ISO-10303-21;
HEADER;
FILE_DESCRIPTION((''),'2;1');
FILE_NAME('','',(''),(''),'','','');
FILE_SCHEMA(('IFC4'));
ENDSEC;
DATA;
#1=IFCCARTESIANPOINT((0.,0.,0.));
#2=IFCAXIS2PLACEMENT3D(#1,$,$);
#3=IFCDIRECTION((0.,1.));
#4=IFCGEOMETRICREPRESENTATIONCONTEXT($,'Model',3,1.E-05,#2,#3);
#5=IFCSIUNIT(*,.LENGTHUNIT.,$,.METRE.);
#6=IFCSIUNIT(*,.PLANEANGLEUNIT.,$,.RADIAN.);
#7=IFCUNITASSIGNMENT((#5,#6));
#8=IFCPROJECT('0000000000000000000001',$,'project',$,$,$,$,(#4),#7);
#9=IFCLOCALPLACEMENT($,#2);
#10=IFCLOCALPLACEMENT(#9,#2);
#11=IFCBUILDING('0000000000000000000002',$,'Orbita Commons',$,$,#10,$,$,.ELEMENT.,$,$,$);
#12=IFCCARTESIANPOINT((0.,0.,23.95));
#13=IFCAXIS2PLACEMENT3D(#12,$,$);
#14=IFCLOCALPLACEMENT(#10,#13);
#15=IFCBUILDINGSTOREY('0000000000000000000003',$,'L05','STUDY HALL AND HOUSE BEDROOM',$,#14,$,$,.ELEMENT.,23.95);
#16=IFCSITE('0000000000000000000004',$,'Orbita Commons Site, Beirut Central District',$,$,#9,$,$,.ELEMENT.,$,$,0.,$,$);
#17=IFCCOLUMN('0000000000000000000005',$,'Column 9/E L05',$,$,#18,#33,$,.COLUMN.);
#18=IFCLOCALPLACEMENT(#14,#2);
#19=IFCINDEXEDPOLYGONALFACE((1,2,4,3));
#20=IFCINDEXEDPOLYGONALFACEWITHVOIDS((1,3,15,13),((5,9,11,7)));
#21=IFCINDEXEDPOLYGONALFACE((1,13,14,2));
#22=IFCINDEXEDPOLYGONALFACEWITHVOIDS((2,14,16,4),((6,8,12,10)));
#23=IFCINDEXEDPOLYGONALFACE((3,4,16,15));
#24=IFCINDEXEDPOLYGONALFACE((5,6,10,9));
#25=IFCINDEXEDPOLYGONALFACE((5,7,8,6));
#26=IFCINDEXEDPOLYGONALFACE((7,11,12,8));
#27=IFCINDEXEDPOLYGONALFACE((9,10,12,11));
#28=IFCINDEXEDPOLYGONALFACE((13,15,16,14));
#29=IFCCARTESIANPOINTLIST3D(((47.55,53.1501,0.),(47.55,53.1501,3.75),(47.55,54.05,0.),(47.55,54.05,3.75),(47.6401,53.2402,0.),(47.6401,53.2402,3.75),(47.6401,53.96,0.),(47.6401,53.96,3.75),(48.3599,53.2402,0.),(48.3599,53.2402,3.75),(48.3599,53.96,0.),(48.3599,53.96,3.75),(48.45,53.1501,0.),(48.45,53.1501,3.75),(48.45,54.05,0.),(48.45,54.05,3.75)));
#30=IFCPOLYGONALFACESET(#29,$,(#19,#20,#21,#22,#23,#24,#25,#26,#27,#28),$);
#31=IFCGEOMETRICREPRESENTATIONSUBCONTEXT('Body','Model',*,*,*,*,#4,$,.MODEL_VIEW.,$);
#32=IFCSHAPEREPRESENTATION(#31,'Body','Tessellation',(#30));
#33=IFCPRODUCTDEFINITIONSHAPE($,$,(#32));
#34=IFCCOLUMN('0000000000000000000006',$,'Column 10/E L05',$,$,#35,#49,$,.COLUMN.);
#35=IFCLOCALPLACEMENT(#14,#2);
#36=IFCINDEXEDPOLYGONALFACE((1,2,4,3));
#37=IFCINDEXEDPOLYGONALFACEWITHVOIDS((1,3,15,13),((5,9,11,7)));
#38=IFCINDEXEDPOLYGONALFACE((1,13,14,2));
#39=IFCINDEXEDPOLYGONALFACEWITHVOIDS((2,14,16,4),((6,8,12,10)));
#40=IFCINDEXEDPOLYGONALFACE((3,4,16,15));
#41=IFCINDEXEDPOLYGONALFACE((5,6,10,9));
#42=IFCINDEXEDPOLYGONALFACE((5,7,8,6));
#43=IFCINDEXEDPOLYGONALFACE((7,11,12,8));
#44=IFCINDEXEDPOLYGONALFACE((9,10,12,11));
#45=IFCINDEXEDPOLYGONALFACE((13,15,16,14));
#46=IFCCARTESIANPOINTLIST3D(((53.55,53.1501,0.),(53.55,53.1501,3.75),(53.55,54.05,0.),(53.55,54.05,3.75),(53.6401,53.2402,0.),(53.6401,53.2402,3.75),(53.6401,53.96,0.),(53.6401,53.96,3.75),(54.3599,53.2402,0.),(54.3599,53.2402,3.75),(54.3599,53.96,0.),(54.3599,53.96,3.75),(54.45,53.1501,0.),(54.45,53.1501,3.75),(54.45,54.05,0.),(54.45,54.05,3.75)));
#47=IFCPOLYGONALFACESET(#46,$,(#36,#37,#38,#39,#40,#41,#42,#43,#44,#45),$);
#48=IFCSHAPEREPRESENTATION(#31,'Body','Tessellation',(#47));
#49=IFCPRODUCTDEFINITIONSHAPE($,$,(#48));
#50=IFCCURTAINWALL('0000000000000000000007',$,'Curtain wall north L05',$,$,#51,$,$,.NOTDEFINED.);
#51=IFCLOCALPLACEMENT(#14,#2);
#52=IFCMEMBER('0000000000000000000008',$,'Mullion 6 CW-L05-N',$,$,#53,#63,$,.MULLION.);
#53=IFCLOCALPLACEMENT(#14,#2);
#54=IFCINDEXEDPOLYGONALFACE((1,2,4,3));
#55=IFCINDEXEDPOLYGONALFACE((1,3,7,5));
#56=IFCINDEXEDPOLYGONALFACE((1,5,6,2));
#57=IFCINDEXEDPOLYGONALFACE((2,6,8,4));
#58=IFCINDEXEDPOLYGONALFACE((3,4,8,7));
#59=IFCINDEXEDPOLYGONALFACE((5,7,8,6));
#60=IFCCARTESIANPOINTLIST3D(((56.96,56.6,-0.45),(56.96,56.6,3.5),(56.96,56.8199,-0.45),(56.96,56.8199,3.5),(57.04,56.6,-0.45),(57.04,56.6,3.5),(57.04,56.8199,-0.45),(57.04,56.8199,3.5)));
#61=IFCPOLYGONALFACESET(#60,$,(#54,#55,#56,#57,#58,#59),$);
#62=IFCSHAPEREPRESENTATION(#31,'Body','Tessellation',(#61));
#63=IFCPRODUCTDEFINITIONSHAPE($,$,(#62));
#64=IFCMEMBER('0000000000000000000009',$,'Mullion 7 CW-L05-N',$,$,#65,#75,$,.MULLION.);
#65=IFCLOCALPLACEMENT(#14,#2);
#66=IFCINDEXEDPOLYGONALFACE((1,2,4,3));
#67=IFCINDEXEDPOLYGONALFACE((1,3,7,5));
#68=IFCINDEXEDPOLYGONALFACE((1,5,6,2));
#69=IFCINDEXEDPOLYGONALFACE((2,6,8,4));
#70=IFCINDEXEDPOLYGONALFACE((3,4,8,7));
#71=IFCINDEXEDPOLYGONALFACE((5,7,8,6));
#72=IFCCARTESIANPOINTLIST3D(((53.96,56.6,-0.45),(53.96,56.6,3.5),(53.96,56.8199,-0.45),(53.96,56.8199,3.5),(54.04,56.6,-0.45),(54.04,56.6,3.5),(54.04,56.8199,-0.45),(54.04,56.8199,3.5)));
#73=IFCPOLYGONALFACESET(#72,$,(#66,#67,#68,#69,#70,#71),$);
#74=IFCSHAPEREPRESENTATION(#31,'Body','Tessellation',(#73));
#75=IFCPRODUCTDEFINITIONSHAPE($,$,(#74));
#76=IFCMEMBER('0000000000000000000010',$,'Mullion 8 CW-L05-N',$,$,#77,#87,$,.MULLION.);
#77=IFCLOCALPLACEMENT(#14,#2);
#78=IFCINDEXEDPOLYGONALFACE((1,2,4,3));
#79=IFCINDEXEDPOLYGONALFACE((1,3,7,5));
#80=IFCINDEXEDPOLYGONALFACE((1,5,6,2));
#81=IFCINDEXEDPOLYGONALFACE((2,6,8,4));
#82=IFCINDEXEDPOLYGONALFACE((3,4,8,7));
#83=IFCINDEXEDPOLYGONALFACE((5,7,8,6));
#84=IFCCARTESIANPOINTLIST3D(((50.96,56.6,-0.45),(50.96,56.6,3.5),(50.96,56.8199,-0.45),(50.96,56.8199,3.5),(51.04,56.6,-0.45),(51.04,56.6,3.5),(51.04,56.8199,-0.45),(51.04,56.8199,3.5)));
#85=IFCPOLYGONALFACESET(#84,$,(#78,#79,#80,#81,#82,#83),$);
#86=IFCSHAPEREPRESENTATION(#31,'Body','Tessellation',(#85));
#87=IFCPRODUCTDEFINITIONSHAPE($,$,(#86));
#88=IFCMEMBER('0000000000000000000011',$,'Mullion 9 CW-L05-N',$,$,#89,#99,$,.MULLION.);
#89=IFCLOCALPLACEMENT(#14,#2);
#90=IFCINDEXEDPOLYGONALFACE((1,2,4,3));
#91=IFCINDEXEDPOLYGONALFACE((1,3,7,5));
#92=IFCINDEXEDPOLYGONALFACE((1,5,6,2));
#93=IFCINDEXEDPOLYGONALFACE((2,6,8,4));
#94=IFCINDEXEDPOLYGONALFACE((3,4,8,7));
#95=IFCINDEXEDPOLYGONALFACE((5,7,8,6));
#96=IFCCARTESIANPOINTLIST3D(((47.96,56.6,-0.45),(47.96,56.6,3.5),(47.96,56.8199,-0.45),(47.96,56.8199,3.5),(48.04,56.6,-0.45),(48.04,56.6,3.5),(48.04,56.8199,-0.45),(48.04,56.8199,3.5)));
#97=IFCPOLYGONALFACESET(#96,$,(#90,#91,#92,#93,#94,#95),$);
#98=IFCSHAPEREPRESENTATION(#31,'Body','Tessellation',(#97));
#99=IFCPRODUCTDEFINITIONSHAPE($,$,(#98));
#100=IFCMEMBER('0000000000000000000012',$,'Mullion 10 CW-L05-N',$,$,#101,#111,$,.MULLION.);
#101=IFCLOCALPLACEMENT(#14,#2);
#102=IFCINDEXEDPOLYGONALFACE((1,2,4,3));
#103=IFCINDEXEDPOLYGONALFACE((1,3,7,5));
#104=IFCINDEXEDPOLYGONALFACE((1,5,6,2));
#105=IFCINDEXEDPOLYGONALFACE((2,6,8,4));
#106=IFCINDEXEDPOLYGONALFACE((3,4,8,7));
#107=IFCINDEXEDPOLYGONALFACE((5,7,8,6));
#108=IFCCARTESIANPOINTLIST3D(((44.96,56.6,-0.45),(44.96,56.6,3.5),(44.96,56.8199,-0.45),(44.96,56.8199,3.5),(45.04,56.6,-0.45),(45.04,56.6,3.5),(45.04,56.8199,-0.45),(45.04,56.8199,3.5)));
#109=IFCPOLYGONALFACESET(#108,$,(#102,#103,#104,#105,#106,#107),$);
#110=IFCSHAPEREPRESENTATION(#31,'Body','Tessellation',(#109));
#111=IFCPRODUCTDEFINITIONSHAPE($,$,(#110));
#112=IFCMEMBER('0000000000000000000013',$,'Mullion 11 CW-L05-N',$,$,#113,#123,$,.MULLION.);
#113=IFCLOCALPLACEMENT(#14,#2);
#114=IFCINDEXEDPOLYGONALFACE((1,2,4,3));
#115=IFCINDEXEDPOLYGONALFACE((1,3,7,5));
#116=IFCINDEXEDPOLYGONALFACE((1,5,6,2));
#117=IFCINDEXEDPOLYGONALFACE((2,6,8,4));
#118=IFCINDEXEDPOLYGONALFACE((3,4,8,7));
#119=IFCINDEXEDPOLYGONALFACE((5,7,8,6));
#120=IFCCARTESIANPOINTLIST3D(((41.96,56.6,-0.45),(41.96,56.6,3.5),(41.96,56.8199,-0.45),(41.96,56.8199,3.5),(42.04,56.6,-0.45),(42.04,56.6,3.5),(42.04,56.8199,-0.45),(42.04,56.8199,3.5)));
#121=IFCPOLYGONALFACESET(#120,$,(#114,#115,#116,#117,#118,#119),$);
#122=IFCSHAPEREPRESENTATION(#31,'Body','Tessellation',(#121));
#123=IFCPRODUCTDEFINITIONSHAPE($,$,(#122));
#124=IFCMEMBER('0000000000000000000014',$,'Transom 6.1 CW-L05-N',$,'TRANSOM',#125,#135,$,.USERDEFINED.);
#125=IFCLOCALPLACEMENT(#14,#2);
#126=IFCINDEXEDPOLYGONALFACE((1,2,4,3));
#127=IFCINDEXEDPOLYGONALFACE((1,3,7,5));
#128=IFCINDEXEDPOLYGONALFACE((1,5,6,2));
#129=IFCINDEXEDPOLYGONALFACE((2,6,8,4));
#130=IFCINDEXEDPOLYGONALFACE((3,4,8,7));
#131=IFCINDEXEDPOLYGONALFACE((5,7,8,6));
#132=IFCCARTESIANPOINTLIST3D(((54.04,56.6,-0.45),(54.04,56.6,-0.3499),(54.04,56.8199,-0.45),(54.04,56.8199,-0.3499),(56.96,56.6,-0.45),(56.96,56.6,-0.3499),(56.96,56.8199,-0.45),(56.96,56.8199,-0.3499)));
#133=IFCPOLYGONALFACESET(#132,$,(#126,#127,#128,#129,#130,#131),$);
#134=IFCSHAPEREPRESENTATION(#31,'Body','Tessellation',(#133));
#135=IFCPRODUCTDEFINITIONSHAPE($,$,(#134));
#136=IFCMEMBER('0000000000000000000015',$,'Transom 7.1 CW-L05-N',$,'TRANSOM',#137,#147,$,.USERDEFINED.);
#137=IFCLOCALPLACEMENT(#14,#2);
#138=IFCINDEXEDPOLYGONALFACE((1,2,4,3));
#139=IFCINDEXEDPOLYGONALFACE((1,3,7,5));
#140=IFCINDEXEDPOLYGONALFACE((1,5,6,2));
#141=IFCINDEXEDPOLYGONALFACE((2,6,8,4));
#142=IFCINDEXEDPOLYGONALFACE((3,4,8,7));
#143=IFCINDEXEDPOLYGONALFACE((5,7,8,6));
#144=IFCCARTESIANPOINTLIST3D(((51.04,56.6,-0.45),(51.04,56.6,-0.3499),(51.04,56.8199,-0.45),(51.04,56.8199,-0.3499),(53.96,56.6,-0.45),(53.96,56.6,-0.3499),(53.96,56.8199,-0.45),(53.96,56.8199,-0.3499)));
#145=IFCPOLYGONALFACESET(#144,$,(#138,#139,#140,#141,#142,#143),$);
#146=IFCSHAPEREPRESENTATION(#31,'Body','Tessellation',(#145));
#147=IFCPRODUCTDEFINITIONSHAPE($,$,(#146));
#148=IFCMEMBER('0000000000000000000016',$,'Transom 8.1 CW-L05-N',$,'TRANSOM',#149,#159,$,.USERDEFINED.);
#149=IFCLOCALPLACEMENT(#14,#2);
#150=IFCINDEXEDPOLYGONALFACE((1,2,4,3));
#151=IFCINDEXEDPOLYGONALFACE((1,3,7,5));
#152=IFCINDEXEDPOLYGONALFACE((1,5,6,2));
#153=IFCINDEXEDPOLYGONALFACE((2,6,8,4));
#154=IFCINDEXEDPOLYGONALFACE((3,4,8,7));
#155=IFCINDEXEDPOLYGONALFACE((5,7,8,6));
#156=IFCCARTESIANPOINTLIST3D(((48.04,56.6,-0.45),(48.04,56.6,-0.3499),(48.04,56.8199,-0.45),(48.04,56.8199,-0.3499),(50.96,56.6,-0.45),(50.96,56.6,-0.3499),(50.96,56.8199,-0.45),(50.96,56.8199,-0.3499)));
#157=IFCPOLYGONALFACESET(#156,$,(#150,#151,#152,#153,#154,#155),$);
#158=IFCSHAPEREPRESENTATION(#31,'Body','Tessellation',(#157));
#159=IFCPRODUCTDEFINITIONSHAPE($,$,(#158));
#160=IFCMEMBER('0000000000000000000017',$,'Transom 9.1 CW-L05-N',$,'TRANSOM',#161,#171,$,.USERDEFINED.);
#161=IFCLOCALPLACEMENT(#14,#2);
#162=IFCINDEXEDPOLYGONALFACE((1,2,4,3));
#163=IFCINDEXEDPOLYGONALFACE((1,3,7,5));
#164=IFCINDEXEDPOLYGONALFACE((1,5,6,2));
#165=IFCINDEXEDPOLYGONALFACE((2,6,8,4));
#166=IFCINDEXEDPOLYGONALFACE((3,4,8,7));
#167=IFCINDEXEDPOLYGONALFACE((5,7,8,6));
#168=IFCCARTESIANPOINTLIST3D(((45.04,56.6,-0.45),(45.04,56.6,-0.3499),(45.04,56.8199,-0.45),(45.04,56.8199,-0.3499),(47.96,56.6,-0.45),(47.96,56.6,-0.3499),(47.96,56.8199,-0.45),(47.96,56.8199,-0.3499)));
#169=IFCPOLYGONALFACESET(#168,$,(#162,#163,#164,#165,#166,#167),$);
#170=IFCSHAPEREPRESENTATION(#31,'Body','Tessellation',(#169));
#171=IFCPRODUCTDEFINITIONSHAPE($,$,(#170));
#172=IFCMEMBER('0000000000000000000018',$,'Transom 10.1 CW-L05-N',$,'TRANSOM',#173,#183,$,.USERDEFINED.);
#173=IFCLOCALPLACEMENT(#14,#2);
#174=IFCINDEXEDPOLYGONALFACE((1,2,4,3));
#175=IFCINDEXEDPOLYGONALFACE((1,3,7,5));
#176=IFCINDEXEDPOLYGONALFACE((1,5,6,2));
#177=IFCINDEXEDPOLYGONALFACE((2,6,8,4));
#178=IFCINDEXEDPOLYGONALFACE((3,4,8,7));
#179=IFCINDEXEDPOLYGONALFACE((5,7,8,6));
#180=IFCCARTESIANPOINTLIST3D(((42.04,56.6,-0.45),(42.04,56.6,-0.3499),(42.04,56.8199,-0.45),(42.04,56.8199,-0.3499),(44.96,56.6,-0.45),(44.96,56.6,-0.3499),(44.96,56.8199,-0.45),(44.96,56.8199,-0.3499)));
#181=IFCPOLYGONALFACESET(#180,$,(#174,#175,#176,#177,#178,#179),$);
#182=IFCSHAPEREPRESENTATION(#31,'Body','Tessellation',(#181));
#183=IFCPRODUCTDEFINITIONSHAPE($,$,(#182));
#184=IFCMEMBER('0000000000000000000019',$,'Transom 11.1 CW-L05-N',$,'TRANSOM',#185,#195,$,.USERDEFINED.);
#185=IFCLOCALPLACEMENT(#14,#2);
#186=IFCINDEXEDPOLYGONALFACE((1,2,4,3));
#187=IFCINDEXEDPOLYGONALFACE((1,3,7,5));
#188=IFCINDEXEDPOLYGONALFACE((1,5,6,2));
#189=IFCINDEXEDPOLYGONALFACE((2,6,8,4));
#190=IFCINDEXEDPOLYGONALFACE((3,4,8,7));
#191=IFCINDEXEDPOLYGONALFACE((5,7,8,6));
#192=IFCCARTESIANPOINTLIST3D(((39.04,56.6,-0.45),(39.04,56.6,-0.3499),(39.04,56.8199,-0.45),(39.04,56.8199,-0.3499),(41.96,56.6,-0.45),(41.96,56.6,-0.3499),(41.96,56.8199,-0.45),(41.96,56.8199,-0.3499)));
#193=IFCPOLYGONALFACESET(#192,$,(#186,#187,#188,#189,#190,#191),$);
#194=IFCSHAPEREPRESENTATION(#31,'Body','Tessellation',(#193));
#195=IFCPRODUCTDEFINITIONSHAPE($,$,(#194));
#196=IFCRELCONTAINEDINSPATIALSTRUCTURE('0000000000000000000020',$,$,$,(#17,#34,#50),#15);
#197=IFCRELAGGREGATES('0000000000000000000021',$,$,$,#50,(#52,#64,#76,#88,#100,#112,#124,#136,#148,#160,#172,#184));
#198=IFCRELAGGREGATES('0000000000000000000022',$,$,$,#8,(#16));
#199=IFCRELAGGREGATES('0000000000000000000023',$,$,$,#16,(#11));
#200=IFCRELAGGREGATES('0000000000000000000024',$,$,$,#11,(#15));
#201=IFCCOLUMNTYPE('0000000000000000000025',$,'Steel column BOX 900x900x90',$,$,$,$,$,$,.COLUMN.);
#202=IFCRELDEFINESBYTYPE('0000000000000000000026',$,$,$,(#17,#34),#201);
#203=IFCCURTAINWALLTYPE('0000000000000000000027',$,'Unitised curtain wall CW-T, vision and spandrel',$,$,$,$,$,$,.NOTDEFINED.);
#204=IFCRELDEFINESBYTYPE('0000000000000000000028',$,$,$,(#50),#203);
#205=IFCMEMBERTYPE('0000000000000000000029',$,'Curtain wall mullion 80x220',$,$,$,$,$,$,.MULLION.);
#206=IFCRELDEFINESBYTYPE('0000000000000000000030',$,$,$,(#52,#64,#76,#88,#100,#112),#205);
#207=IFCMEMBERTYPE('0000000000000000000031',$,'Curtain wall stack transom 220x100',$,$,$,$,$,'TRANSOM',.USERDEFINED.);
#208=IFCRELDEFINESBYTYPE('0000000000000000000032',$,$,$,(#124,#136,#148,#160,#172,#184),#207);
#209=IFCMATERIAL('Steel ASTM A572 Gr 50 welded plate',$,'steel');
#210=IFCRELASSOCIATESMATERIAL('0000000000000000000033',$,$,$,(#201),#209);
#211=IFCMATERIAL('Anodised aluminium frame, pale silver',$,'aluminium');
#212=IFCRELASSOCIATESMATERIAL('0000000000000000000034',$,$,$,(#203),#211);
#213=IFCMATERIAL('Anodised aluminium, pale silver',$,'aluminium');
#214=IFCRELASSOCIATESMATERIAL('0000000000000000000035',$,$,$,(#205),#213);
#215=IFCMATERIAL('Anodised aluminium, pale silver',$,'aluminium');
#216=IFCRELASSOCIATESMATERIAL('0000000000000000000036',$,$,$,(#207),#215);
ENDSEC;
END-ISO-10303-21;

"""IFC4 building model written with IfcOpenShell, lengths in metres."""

from ifc_helpers import new_model, si_unit, direction, frame, origin, origin_2d, place, context, subcontext, project, spatial, rectangle, hollow_rectangle, extrude, material, material_profile, profile_set, type_object, element, aggregate, save


model = new_model("IFC4")

# Units and contexts
model_context = context("Model", 3, precision=1e-05, world=origin(), true_north=direction((0.0, 1.0)))
body_context = subcontext(model_context, "Body", "Model", "MODEL_VIEW")
ifc_project = project(units=[si_unit("LENGTHUNIT", "METRE"), si_unit("PLANEANGLEUNIT", "RADIAN")], contexts=[model_context])

# Site, building, storey
site_placement = place(None, origin())
site = spatial("IfcSite", under=ifc_project, at=site_placement, Name="Orbita Commons Site, Beirut Central District", CompositionType="ELEMENT", RefElevation=0.0)
building_placement = place(site_placement, origin())
building = spatial("IfcBuilding", under=site, at=building_placement, Name="Orbita Commons", CompositionType="ELEMENT")
storey_placement = place(building_placement, frame((0.0, 0.0, 23.95)))
storey = spatial("IfcBuildingStorey", under=building, at=storey_placement, Name="L05", Description="STUDY HALL AND HOUSE BEDROOM", CompositionType="ELEMENT", Elevation=23.95)

# Columns
ifc_material_1 = material(Name="Steel ASTM A572 Gr 50 welded plate", Category="steel")
ifc_material_profile_1 = material_profile(ifc_material_1, hollow_rectangle(XDim=0.8999, YDim=0.8999, WallThickness=0.0901, at=origin_2d()), Name="BOX 900x900x90")
ifc_profile_set_1 = profile_set([ifc_material_profile_1], Name="Steel ASTM A572 Gr 50 welded plate")
column_type = type_object("IfcColumnType", Name="Steel column BOX 900x900x90", PredefinedType="COLUMN", material=ifc_profile_set_1)
for number, where, z_axis, x_axis, name in (
    (1, (48.0, 53.6001, 0.0), (0.0, 0.0, 1.0), (1.0, 0.0, 0.0), "Column 9/E L05"),
    (2, (54.0, 53.6001, 0.0), (0.0, 0.0, 1.0), (1.0, 0.0, 0.0), "Column 10/E L05"),
):
    element("IfcColumn", number, at=place(storey_placement, frame(where, z_axis=z_axis, x_axis=x_axis)), inside=storey, type_object=column_type, Name=name, PredefinedType="COLUMN", context=body_context, shape_type="SweptSolid", body=[
        extrude(hollow_rectangle(XDim=0.8999, YDim=0.8999, WallThickness=0.0901, at=origin_2d()), origin(), (0.0, 0.0, 1.0), 3.75),
    ])

# Curtain wall, members
ifc_material_2 = material(Name="Anodised aluminium frame, pale silver", Category="aluminium")
curtain_wall_type = type_object("IfcCurtainWallType", Name="Unitised curtain wall CW-T, vision and spandrel", PredefinedType="NOTDEFINED", material=ifc_material_2)
curtain_wall_placement = place(storey_placement, origin())
curtain_wall = element("IfcCurtainWall", 3, at=curtain_wall_placement, inside=storey, type_object=curtain_wall_type, Name="Curtain wall north L05", PredefinedType="NOTDEFINED")
ifc_material_3 = material(Name="Anodised aluminium, pale silver", Category="aluminium")
ifc_material_profile_2 = material_profile(ifc_material_3, rectangle(XDim=0.0801, YDim=0.22, at=origin_2d()), Name="AL 80x220")
ifc_profile_set_2 = profile_set([ifc_material_profile_2], Name="Anodised aluminium, pale silver")
member_type_1 = type_object("IfcMemberType", Name="Curtain wall mullion 80x220", PredefinedType="MULLION", material=ifc_profile_set_2)
member_1_placement = place(storey_placement, frame((57.0, 56.71, -0.45), z_axis=(0.0, 0.0, 1.0), x_axis=(-1.0, 0.0, 0.0)))
member_1 = element("IfcMember", 4, at=member_1_placement, type_object=member_type_1, Name="Mullion 6 CW-L05-N", PredefinedType="MULLION", context=body_context, shape_type="SweptSolid", body=[
    extrude(rectangle(XDim=0.0801, YDim=0.22, at=origin_2d()), origin(), (0.0, 0.0, 1.0), 3.95),
])
member_2_placement = place(storey_placement, frame((54.0, 56.71, -0.45), z_axis=(0.0, 0.0, 1.0), x_axis=(-1.0, 0.0, 0.0)))
member_2 = element("IfcMember", 5, at=member_2_placement, type_object=member_type_1, Name="Mullion 7 CW-L05-N", PredefinedType="MULLION", context=body_context, shape_type="SweptSolid", body=[
    extrude(rectangle(XDim=0.0801, YDim=0.22, at=origin_2d()), origin(), (0.0, 0.0, 1.0), 3.95),
])
member_3_placement = place(storey_placement, frame((51.0, 56.71, -0.45), z_axis=(0.0, 0.0, 1.0), x_axis=(-1.0, 0.0, 0.0)))
member_3 = element("IfcMember", 6, at=member_3_placement, type_object=member_type_1, Name="Mullion 8 CW-L05-N", PredefinedType="MULLION", context=body_context, shape_type="SweptSolid", body=[
    extrude(rectangle(XDim=0.0801, YDim=0.22, at=origin_2d()), origin(), (0.0, 0.0, 1.0), 3.95),
])
member_4_placement = place(storey_placement, frame((48.0, 56.71, -0.45), z_axis=(0.0, 0.0, 1.0), x_axis=(-1.0, 0.0, 0.0)))
member_4 = element("IfcMember", 7, at=member_4_placement, type_object=member_type_1, Name="Mullion 9 CW-L05-N", PredefinedType="MULLION", context=body_context, shape_type="SweptSolid", body=[
    extrude(rectangle(XDim=0.0801, YDim=0.22, at=origin_2d()), origin(), (0.0, 0.0, 1.0), 3.95),
])
member_5_placement = place(storey_placement, frame((45.0, 56.71, -0.45), z_axis=(0.0, 0.0, 1.0), x_axis=(-1.0, 0.0, 0.0)))
member_5 = element("IfcMember", 8, at=member_5_placement, type_object=member_type_1, Name="Mullion 10 CW-L05-N", PredefinedType="MULLION", context=body_context, shape_type="SweptSolid", body=[
    extrude(rectangle(XDim=0.0801, YDim=0.22, at=origin_2d()), origin(), (0.0, 0.0, 1.0), 3.95),
])
member_6_placement = place(storey_placement, frame((42.0, 56.71, -0.45), z_axis=(0.0, 0.0, 1.0), x_axis=(-1.0, 0.0, 0.0)))
member_6 = element("IfcMember", 9, at=member_6_placement, type_object=member_type_1, Name="Mullion 11 CW-L05-N", PredefinedType="MULLION", context=body_context, shape_type="SweptSolid", body=[
    extrude(rectangle(XDim=0.0801, YDim=0.22, at=origin_2d()), origin(), (0.0, 0.0, 1.0), 3.95),
])
ifc_material_4 = material(Name="Anodised aluminium, pale silver", Category="aluminium")
ifc_material_profile_3 = material_profile(ifc_material_4, rectangle(XDim=0.22, YDim=0.1001, at=origin_2d()), Name="AL 220x100")
ifc_profile_set_3 = profile_set([ifc_material_profile_3], Name="Anodised aluminium, pale silver")
member_type_2 = type_object("IfcMemberType", Name="Curtain wall stack transom 220x100", ElementType="TRANSOM", PredefinedType="USERDEFINED", material=ifc_profile_set_3)
member_7_placement = place(storey_placement, frame((56.96, 56.71, -0.3999), z_axis=(-1.0, 0.0, 0.0), x_axis=(0.0, -1.0, 0.0)))
member_7 = element("IfcMember", 10, at=member_7_placement, type_object=member_type_2, Name="Transom 6.1 CW-L05-N", ObjectType="TRANSOM", PredefinedType="USERDEFINED", context=body_context, shape_type="SweptSolid", body=[
    extrude(rectangle(XDim=0.22, YDim=0.1001, at=origin_2d()), origin(), (0.0, 0.0, 1.0), 2.9199),
])
member_8_placement = place(storey_placement, frame((53.96, 56.71, -0.3999), z_axis=(-1.0, 0.0, 0.0), x_axis=(0.0, -1.0, 0.0)))
member_8 = element("IfcMember", 11, at=member_8_placement, type_object=member_type_2, Name="Transom 7.1 CW-L05-N", ObjectType="TRANSOM", PredefinedType="USERDEFINED", context=body_context, shape_type="SweptSolid", body=[
    extrude(rectangle(XDim=0.22, YDim=0.1001, at=origin_2d()), origin(), (0.0, 0.0, 1.0), 2.9199),
])
member_9_placement = place(storey_placement, frame((50.96, 56.71, -0.3999), z_axis=(-1.0, 0.0, 0.0), x_axis=(0.0, -1.0, 0.0)))
member_9 = element("IfcMember", 12, at=member_9_placement, type_object=member_type_2, Name="Transom 8.1 CW-L05-N", ObjectType="TRANSOM", PredefinedType="USERDEFINED", context=body_context, shape_type="SweptSolid", body=[
    extrude(rectangle(XDim=0.22, YDim=0.1001, at=origin_2d()), origin(), (0.0, 0.0, 1.0), 2.9199),
])
member_10_placement = place(storey_placement, frame((47.96, 56.71, -0.3999), z_axis=(-1.0, 0.0, 0.0), x_axis=(0.0, -1.0, 0.0)))
member_10 = element("IfcMember", 13, at=member_10_placement, type_object=member_type_2, Name="Transom 9.1 CW-L05-N", ObjectType="TRANSOM", PredefinedType="USERDEFINED", context=body_context, shape_type="SweptSolid", body=[
    extrude(rectangle(XDim=0.22, YDim=0.1001, at=origin_2d()), origin(), (0.0, 0.0, 1.0), 2.9199),
])
member_11_placement = place(storey_placement, frame((44.96, 56.71, -0.3999), z_axis=(-1.0, 0.0, 0.0), x_axis=(0.0, -1.0, 0.0)))
member_11 = element("IfcMember", 14, at=member_11_placement, type_object=member_type_2, Name="Transom 10.1 CW-L05-N", ObjectType="TRANSOM", PredefinedType="USERDEFINED", context=body_context, shape_type="SweptSolid", body=[
    extrude(rectangle(XDim=0.22, YDim=0.1001, at=origin_2d()), origin(), (0.0, 0.0, 1.0), 2.9199),
])
member_12_placement = place(storey_placement, frame((41.96, 56.71, -0.3999), z_axis=(-1.0, 0.0, 0.0), x_axis=(0.0, -1.0, 0.0)))
member_12 = element("IfcMember", 15, at=member_12_placement, type_object=member_type_2, Name="Transom 11.1 CW-L05-N", ObjectType="TRANSOM", PredefinedType="USERDEFINED", context=body_context, shape_type="SweptSolid", body=[
    extrude(rectangle(XDim=0.22, YDim=0.1001, at=origin_2d()), origin(), (0.0, 0.0, 1.0), 2.9199),
])

aggregate(curtain_wall, [member_1, member_2, member_3, member_4, member_5, member_6, member_7, member_8, member_9, member_10, member_11, member_12])

save(model, "model.ifc")
